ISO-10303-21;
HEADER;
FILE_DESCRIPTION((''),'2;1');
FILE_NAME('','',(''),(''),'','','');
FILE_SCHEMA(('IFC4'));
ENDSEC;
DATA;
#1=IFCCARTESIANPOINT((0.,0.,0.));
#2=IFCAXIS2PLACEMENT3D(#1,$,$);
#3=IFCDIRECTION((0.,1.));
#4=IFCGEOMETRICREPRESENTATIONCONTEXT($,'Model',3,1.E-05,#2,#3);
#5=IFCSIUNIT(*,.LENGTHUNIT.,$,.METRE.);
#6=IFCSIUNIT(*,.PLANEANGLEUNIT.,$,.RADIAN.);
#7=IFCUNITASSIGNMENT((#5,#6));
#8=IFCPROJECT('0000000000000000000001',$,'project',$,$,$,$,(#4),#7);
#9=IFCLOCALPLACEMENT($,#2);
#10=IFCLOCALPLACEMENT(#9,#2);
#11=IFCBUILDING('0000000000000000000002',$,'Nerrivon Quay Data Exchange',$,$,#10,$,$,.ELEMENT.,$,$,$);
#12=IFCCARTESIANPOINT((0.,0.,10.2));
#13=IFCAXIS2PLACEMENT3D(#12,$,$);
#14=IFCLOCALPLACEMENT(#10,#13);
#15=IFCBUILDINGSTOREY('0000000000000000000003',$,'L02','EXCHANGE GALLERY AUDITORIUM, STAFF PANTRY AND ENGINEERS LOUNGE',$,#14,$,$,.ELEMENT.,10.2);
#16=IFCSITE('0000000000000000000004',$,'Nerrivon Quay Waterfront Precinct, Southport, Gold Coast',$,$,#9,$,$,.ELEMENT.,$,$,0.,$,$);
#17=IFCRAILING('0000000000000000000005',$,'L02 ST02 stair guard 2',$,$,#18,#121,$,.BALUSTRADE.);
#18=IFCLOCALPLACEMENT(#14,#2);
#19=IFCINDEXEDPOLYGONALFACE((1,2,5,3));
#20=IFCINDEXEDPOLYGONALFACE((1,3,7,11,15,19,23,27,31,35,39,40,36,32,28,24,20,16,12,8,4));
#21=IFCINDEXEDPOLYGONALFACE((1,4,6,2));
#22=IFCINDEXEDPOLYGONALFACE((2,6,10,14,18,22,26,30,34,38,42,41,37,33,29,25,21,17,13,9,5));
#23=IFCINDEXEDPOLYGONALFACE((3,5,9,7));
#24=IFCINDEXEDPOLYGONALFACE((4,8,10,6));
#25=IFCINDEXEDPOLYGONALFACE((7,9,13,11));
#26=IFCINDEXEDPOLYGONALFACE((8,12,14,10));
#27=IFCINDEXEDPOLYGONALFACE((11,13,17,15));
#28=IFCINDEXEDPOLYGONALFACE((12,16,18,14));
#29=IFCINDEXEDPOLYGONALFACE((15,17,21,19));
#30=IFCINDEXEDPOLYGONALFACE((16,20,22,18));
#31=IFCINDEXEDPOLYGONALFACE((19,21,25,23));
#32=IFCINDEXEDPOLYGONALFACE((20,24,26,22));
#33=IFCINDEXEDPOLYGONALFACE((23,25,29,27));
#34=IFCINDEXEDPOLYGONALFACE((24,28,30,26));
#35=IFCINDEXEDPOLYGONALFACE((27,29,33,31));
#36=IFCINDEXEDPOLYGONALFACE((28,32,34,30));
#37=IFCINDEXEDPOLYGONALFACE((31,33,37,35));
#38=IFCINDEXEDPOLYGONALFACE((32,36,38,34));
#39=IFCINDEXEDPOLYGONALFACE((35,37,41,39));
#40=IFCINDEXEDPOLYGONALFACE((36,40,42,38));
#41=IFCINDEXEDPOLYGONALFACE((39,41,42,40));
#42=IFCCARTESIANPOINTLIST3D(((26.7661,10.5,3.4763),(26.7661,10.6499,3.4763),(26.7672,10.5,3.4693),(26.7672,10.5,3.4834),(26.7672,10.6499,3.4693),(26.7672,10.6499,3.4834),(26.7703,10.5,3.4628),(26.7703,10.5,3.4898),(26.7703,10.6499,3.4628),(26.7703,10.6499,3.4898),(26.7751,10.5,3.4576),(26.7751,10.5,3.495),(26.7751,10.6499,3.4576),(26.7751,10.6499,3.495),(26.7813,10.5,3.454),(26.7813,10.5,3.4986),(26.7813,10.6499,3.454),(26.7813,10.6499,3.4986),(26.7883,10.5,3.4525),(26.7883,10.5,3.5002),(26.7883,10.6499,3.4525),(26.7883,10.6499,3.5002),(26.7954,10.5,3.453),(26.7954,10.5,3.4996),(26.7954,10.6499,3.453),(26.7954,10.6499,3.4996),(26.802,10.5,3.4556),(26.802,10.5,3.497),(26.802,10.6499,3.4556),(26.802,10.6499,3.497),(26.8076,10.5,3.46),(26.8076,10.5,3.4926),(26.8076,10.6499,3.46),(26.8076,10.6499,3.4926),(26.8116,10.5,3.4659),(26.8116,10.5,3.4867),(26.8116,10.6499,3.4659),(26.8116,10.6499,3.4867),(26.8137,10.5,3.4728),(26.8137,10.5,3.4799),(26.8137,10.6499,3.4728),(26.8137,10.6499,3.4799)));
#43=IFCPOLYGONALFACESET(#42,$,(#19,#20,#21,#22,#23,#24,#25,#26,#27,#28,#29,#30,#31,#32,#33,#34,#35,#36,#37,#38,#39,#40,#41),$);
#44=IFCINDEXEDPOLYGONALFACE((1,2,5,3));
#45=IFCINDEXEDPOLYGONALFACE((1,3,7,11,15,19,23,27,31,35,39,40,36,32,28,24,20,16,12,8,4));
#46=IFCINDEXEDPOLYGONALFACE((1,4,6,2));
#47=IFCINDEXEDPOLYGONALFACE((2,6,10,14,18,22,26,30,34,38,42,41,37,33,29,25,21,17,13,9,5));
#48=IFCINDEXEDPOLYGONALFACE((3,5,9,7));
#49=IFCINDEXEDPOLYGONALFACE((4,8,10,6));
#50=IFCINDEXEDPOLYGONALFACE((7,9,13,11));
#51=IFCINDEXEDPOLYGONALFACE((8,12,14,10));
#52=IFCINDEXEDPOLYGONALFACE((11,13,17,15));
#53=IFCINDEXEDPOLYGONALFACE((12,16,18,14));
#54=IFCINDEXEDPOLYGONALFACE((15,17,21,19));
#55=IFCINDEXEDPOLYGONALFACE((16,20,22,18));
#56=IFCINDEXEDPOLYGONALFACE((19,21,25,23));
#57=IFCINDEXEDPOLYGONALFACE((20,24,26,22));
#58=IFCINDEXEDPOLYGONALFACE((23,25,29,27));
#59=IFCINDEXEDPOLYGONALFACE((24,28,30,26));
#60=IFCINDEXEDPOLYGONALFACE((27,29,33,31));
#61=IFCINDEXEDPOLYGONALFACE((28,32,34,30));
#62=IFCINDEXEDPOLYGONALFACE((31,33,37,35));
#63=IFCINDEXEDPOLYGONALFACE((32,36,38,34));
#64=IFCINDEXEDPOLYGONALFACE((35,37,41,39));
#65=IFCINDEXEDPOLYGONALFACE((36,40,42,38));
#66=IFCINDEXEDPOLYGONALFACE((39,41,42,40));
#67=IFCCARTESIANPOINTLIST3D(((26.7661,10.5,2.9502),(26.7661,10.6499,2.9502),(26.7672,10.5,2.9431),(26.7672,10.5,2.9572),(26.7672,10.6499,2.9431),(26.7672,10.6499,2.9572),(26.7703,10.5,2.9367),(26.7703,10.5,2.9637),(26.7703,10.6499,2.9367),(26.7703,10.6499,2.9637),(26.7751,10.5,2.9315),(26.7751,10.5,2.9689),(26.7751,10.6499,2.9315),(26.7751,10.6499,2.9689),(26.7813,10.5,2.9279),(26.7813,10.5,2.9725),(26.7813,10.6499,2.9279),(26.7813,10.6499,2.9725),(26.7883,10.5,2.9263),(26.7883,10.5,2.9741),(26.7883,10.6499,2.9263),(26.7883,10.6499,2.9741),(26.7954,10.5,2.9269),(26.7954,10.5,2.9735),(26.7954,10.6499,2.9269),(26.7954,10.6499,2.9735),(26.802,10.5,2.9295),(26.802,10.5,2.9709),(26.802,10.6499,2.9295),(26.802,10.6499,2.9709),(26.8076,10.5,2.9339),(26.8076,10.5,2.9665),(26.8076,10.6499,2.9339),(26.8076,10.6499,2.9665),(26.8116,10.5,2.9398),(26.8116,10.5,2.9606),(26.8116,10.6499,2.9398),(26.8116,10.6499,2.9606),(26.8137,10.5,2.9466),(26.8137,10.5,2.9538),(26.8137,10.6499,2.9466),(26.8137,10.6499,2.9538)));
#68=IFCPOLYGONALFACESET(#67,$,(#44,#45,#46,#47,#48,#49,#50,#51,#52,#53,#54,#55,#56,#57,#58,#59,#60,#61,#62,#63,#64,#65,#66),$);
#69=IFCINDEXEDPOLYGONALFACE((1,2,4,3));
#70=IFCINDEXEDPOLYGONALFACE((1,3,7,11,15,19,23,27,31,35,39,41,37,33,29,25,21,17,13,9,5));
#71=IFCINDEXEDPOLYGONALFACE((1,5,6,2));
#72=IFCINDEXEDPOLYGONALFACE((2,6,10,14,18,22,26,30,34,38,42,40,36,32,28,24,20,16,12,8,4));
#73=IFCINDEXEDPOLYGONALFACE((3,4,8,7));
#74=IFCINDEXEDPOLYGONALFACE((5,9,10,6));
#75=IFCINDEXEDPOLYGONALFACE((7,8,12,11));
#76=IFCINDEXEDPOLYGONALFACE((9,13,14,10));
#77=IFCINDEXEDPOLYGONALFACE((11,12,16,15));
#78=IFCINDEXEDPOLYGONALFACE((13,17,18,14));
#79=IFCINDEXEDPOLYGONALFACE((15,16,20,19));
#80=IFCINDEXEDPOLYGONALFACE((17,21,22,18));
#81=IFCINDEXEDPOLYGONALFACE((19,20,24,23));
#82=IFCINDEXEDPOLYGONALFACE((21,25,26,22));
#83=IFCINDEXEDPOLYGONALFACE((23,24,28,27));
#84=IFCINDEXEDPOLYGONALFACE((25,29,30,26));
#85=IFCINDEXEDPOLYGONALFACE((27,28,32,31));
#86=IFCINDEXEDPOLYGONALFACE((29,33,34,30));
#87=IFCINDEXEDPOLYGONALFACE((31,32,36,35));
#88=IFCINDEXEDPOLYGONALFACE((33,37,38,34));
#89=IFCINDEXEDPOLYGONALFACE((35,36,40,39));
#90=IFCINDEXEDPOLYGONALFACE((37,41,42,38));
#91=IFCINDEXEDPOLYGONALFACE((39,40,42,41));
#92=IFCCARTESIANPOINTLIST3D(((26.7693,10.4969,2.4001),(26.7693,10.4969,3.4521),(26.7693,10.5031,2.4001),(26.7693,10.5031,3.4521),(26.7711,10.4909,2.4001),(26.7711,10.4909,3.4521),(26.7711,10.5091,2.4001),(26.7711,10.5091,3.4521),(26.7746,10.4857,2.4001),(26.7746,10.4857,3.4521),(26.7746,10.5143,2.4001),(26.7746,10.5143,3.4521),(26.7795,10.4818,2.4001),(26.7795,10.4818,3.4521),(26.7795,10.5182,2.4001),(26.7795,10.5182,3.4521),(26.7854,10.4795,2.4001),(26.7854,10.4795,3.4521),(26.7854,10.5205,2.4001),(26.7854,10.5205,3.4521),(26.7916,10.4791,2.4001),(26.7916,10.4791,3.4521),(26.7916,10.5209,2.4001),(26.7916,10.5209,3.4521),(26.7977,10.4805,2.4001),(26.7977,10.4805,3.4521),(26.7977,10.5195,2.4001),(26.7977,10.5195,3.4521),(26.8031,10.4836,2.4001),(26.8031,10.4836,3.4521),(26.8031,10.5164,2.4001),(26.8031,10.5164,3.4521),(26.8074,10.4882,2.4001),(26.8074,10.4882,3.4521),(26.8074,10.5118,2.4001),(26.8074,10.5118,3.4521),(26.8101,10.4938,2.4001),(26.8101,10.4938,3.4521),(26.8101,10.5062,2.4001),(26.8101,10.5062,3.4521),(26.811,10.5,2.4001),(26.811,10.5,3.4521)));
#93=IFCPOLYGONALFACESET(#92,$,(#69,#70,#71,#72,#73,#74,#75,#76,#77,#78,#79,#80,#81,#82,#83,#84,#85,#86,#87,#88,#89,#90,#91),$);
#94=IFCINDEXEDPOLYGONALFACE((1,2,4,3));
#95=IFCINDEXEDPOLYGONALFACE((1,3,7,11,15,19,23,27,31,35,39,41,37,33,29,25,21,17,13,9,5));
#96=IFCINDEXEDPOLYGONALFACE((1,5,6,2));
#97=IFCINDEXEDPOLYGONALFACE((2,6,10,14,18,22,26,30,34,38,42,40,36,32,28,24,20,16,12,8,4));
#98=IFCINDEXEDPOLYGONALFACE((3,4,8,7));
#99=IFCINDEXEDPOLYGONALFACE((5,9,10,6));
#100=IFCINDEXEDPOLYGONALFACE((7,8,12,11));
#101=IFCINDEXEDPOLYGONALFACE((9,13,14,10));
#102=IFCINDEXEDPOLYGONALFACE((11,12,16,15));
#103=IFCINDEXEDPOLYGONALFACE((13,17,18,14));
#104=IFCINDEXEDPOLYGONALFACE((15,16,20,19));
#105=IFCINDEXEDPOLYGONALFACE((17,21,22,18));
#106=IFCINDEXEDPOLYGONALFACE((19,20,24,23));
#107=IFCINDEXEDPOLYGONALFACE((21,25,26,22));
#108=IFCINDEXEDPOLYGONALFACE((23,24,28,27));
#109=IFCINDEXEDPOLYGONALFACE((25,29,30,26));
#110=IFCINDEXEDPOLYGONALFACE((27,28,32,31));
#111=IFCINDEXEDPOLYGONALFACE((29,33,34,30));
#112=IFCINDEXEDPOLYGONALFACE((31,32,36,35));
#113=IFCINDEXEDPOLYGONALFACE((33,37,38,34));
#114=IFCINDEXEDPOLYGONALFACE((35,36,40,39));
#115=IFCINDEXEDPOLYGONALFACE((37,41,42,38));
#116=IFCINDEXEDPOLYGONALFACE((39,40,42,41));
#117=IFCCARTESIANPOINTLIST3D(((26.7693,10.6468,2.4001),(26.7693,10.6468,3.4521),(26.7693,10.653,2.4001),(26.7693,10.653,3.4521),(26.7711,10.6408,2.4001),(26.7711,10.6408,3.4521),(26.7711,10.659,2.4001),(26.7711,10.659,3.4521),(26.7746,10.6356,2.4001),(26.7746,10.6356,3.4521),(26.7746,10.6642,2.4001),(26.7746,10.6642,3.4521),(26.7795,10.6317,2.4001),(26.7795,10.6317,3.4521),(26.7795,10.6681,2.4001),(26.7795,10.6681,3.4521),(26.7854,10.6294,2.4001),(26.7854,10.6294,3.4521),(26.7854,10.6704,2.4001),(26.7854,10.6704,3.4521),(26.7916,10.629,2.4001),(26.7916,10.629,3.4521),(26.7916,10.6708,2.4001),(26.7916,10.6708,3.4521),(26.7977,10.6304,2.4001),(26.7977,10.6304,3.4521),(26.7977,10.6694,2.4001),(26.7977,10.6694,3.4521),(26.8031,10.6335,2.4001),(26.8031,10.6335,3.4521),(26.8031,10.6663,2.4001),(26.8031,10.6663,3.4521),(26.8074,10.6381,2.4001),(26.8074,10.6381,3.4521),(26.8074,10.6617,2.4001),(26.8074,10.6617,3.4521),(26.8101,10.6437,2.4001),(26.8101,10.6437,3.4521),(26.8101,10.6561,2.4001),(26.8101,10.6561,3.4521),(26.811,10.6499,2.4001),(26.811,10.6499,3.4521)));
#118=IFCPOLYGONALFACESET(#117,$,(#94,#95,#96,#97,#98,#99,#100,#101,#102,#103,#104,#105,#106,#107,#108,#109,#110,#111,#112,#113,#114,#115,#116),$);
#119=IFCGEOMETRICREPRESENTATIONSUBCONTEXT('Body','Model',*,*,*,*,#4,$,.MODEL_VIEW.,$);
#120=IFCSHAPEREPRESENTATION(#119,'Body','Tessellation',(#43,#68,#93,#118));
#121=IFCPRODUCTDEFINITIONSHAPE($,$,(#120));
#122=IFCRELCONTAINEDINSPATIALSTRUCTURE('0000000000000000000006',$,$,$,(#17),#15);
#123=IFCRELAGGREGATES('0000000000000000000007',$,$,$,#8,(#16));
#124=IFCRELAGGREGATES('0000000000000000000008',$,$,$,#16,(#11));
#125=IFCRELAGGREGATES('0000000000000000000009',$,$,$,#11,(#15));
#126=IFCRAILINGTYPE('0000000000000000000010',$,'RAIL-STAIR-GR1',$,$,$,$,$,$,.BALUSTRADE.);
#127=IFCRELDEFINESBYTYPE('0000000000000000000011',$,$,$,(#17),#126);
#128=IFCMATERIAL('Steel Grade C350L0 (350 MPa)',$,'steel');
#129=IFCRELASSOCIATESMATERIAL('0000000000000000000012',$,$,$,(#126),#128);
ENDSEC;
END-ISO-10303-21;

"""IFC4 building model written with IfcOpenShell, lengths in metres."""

from ifc_helpers import new_model, si_unit, direction, frame, origin, origin_2d, place, context, subcontext, project, spatial, circle, extrude, material, type_object, element, save


model = new_model("IFC4")

# Units and contexts
model_context = context("Model", 3, precision=1e-05, world=origin(), true_north=direction((0.0, 1.0)))
body_context = subcontext(model_context, "Body", "Model", "MODEL_VIEW")
ifc_project = project(units=[si_unit("LENGTHUNIT", "METRE"), si_unit("PLANEANGLEUNIT", "RADIAN")], contexts=[model_context])

# Site, building, storey
site_placement = place(None, origin())
site = spatial("IfcSite", under=ifc_project, at=site_placement, Name="Nerrivon Quay Waterfront Precinct, Southport, Gold Coast", CompositionType="ELEMENT", RefElevation=0.0)
building_placement = place(site_placement, origin())
building = spatial("IfcBuilding", under=site, at=building_placement, Name="Nerrivon Quay Data Exchange", CompositionType="ELEMENT")
storey_placement = place(building_placement, frame((0.0, 0.0, 10.2)))
storey = spatial("IfcBuildingStorey", under=building, at=storey_placement, Name="L02", Description="EXCHANGE GALLERY AUDITORIUM, STAFF PANTRY AND ENGINEERS LOUNGE", CompositionType="ELEMENT", Elevation=10.2)

# Railing
ifc_material_1 = material(Name="Steel Grade C350L0 (350 MPa)", Category="steel")
railing_type_1 = type_object("IfcRailingType", Name="RAIL-STAIR-GR1", PredefinedType="BALUSTRADE", material=ifc_material_1)
railing_1_placement = place(storey_placement, frame((26.79, 10.5, 2.4001)))
element("IfcRailing", 1, at=railing_1_placement, inside=storey, type_object=railing_type_1, Name="L02 ST02 stair guard 2", PredefinedType="BALUSTRADE", context=body_context, shape_type="SweptSolid", body=[
    extrude(circle(Radius=0.0239, at=origin_2d()), frame((0.0, 0.0, 1.0762), z_axis=(0.0, 1.0, 0.0), x_axis=(-1.0, 0.0, 0.0)), (0.0, 0.0, 1.0), 0.1499),
    extrude(circle(Radius=0.0239, at=origin_2d()), frame((0.0, 0.0, 0.55), z_axis=(0.0, 1.0, 0.0), x_axis=(-1.0, 0.0, 0.0)), (0.0, 0.0, 1.0), 0.1499),
    extrude(circle(Radius=0.021, at=origin_2d()), origin(), (0.0, 0.0, 1.0), 1.052),
    extrude(circle(Radius=0.021, at=origin_2d()), frame((0.0, 0.1499, 0.0)), (0.0, 0.0, 1.0), 1.052),
])

save(model, "model.ifc")
